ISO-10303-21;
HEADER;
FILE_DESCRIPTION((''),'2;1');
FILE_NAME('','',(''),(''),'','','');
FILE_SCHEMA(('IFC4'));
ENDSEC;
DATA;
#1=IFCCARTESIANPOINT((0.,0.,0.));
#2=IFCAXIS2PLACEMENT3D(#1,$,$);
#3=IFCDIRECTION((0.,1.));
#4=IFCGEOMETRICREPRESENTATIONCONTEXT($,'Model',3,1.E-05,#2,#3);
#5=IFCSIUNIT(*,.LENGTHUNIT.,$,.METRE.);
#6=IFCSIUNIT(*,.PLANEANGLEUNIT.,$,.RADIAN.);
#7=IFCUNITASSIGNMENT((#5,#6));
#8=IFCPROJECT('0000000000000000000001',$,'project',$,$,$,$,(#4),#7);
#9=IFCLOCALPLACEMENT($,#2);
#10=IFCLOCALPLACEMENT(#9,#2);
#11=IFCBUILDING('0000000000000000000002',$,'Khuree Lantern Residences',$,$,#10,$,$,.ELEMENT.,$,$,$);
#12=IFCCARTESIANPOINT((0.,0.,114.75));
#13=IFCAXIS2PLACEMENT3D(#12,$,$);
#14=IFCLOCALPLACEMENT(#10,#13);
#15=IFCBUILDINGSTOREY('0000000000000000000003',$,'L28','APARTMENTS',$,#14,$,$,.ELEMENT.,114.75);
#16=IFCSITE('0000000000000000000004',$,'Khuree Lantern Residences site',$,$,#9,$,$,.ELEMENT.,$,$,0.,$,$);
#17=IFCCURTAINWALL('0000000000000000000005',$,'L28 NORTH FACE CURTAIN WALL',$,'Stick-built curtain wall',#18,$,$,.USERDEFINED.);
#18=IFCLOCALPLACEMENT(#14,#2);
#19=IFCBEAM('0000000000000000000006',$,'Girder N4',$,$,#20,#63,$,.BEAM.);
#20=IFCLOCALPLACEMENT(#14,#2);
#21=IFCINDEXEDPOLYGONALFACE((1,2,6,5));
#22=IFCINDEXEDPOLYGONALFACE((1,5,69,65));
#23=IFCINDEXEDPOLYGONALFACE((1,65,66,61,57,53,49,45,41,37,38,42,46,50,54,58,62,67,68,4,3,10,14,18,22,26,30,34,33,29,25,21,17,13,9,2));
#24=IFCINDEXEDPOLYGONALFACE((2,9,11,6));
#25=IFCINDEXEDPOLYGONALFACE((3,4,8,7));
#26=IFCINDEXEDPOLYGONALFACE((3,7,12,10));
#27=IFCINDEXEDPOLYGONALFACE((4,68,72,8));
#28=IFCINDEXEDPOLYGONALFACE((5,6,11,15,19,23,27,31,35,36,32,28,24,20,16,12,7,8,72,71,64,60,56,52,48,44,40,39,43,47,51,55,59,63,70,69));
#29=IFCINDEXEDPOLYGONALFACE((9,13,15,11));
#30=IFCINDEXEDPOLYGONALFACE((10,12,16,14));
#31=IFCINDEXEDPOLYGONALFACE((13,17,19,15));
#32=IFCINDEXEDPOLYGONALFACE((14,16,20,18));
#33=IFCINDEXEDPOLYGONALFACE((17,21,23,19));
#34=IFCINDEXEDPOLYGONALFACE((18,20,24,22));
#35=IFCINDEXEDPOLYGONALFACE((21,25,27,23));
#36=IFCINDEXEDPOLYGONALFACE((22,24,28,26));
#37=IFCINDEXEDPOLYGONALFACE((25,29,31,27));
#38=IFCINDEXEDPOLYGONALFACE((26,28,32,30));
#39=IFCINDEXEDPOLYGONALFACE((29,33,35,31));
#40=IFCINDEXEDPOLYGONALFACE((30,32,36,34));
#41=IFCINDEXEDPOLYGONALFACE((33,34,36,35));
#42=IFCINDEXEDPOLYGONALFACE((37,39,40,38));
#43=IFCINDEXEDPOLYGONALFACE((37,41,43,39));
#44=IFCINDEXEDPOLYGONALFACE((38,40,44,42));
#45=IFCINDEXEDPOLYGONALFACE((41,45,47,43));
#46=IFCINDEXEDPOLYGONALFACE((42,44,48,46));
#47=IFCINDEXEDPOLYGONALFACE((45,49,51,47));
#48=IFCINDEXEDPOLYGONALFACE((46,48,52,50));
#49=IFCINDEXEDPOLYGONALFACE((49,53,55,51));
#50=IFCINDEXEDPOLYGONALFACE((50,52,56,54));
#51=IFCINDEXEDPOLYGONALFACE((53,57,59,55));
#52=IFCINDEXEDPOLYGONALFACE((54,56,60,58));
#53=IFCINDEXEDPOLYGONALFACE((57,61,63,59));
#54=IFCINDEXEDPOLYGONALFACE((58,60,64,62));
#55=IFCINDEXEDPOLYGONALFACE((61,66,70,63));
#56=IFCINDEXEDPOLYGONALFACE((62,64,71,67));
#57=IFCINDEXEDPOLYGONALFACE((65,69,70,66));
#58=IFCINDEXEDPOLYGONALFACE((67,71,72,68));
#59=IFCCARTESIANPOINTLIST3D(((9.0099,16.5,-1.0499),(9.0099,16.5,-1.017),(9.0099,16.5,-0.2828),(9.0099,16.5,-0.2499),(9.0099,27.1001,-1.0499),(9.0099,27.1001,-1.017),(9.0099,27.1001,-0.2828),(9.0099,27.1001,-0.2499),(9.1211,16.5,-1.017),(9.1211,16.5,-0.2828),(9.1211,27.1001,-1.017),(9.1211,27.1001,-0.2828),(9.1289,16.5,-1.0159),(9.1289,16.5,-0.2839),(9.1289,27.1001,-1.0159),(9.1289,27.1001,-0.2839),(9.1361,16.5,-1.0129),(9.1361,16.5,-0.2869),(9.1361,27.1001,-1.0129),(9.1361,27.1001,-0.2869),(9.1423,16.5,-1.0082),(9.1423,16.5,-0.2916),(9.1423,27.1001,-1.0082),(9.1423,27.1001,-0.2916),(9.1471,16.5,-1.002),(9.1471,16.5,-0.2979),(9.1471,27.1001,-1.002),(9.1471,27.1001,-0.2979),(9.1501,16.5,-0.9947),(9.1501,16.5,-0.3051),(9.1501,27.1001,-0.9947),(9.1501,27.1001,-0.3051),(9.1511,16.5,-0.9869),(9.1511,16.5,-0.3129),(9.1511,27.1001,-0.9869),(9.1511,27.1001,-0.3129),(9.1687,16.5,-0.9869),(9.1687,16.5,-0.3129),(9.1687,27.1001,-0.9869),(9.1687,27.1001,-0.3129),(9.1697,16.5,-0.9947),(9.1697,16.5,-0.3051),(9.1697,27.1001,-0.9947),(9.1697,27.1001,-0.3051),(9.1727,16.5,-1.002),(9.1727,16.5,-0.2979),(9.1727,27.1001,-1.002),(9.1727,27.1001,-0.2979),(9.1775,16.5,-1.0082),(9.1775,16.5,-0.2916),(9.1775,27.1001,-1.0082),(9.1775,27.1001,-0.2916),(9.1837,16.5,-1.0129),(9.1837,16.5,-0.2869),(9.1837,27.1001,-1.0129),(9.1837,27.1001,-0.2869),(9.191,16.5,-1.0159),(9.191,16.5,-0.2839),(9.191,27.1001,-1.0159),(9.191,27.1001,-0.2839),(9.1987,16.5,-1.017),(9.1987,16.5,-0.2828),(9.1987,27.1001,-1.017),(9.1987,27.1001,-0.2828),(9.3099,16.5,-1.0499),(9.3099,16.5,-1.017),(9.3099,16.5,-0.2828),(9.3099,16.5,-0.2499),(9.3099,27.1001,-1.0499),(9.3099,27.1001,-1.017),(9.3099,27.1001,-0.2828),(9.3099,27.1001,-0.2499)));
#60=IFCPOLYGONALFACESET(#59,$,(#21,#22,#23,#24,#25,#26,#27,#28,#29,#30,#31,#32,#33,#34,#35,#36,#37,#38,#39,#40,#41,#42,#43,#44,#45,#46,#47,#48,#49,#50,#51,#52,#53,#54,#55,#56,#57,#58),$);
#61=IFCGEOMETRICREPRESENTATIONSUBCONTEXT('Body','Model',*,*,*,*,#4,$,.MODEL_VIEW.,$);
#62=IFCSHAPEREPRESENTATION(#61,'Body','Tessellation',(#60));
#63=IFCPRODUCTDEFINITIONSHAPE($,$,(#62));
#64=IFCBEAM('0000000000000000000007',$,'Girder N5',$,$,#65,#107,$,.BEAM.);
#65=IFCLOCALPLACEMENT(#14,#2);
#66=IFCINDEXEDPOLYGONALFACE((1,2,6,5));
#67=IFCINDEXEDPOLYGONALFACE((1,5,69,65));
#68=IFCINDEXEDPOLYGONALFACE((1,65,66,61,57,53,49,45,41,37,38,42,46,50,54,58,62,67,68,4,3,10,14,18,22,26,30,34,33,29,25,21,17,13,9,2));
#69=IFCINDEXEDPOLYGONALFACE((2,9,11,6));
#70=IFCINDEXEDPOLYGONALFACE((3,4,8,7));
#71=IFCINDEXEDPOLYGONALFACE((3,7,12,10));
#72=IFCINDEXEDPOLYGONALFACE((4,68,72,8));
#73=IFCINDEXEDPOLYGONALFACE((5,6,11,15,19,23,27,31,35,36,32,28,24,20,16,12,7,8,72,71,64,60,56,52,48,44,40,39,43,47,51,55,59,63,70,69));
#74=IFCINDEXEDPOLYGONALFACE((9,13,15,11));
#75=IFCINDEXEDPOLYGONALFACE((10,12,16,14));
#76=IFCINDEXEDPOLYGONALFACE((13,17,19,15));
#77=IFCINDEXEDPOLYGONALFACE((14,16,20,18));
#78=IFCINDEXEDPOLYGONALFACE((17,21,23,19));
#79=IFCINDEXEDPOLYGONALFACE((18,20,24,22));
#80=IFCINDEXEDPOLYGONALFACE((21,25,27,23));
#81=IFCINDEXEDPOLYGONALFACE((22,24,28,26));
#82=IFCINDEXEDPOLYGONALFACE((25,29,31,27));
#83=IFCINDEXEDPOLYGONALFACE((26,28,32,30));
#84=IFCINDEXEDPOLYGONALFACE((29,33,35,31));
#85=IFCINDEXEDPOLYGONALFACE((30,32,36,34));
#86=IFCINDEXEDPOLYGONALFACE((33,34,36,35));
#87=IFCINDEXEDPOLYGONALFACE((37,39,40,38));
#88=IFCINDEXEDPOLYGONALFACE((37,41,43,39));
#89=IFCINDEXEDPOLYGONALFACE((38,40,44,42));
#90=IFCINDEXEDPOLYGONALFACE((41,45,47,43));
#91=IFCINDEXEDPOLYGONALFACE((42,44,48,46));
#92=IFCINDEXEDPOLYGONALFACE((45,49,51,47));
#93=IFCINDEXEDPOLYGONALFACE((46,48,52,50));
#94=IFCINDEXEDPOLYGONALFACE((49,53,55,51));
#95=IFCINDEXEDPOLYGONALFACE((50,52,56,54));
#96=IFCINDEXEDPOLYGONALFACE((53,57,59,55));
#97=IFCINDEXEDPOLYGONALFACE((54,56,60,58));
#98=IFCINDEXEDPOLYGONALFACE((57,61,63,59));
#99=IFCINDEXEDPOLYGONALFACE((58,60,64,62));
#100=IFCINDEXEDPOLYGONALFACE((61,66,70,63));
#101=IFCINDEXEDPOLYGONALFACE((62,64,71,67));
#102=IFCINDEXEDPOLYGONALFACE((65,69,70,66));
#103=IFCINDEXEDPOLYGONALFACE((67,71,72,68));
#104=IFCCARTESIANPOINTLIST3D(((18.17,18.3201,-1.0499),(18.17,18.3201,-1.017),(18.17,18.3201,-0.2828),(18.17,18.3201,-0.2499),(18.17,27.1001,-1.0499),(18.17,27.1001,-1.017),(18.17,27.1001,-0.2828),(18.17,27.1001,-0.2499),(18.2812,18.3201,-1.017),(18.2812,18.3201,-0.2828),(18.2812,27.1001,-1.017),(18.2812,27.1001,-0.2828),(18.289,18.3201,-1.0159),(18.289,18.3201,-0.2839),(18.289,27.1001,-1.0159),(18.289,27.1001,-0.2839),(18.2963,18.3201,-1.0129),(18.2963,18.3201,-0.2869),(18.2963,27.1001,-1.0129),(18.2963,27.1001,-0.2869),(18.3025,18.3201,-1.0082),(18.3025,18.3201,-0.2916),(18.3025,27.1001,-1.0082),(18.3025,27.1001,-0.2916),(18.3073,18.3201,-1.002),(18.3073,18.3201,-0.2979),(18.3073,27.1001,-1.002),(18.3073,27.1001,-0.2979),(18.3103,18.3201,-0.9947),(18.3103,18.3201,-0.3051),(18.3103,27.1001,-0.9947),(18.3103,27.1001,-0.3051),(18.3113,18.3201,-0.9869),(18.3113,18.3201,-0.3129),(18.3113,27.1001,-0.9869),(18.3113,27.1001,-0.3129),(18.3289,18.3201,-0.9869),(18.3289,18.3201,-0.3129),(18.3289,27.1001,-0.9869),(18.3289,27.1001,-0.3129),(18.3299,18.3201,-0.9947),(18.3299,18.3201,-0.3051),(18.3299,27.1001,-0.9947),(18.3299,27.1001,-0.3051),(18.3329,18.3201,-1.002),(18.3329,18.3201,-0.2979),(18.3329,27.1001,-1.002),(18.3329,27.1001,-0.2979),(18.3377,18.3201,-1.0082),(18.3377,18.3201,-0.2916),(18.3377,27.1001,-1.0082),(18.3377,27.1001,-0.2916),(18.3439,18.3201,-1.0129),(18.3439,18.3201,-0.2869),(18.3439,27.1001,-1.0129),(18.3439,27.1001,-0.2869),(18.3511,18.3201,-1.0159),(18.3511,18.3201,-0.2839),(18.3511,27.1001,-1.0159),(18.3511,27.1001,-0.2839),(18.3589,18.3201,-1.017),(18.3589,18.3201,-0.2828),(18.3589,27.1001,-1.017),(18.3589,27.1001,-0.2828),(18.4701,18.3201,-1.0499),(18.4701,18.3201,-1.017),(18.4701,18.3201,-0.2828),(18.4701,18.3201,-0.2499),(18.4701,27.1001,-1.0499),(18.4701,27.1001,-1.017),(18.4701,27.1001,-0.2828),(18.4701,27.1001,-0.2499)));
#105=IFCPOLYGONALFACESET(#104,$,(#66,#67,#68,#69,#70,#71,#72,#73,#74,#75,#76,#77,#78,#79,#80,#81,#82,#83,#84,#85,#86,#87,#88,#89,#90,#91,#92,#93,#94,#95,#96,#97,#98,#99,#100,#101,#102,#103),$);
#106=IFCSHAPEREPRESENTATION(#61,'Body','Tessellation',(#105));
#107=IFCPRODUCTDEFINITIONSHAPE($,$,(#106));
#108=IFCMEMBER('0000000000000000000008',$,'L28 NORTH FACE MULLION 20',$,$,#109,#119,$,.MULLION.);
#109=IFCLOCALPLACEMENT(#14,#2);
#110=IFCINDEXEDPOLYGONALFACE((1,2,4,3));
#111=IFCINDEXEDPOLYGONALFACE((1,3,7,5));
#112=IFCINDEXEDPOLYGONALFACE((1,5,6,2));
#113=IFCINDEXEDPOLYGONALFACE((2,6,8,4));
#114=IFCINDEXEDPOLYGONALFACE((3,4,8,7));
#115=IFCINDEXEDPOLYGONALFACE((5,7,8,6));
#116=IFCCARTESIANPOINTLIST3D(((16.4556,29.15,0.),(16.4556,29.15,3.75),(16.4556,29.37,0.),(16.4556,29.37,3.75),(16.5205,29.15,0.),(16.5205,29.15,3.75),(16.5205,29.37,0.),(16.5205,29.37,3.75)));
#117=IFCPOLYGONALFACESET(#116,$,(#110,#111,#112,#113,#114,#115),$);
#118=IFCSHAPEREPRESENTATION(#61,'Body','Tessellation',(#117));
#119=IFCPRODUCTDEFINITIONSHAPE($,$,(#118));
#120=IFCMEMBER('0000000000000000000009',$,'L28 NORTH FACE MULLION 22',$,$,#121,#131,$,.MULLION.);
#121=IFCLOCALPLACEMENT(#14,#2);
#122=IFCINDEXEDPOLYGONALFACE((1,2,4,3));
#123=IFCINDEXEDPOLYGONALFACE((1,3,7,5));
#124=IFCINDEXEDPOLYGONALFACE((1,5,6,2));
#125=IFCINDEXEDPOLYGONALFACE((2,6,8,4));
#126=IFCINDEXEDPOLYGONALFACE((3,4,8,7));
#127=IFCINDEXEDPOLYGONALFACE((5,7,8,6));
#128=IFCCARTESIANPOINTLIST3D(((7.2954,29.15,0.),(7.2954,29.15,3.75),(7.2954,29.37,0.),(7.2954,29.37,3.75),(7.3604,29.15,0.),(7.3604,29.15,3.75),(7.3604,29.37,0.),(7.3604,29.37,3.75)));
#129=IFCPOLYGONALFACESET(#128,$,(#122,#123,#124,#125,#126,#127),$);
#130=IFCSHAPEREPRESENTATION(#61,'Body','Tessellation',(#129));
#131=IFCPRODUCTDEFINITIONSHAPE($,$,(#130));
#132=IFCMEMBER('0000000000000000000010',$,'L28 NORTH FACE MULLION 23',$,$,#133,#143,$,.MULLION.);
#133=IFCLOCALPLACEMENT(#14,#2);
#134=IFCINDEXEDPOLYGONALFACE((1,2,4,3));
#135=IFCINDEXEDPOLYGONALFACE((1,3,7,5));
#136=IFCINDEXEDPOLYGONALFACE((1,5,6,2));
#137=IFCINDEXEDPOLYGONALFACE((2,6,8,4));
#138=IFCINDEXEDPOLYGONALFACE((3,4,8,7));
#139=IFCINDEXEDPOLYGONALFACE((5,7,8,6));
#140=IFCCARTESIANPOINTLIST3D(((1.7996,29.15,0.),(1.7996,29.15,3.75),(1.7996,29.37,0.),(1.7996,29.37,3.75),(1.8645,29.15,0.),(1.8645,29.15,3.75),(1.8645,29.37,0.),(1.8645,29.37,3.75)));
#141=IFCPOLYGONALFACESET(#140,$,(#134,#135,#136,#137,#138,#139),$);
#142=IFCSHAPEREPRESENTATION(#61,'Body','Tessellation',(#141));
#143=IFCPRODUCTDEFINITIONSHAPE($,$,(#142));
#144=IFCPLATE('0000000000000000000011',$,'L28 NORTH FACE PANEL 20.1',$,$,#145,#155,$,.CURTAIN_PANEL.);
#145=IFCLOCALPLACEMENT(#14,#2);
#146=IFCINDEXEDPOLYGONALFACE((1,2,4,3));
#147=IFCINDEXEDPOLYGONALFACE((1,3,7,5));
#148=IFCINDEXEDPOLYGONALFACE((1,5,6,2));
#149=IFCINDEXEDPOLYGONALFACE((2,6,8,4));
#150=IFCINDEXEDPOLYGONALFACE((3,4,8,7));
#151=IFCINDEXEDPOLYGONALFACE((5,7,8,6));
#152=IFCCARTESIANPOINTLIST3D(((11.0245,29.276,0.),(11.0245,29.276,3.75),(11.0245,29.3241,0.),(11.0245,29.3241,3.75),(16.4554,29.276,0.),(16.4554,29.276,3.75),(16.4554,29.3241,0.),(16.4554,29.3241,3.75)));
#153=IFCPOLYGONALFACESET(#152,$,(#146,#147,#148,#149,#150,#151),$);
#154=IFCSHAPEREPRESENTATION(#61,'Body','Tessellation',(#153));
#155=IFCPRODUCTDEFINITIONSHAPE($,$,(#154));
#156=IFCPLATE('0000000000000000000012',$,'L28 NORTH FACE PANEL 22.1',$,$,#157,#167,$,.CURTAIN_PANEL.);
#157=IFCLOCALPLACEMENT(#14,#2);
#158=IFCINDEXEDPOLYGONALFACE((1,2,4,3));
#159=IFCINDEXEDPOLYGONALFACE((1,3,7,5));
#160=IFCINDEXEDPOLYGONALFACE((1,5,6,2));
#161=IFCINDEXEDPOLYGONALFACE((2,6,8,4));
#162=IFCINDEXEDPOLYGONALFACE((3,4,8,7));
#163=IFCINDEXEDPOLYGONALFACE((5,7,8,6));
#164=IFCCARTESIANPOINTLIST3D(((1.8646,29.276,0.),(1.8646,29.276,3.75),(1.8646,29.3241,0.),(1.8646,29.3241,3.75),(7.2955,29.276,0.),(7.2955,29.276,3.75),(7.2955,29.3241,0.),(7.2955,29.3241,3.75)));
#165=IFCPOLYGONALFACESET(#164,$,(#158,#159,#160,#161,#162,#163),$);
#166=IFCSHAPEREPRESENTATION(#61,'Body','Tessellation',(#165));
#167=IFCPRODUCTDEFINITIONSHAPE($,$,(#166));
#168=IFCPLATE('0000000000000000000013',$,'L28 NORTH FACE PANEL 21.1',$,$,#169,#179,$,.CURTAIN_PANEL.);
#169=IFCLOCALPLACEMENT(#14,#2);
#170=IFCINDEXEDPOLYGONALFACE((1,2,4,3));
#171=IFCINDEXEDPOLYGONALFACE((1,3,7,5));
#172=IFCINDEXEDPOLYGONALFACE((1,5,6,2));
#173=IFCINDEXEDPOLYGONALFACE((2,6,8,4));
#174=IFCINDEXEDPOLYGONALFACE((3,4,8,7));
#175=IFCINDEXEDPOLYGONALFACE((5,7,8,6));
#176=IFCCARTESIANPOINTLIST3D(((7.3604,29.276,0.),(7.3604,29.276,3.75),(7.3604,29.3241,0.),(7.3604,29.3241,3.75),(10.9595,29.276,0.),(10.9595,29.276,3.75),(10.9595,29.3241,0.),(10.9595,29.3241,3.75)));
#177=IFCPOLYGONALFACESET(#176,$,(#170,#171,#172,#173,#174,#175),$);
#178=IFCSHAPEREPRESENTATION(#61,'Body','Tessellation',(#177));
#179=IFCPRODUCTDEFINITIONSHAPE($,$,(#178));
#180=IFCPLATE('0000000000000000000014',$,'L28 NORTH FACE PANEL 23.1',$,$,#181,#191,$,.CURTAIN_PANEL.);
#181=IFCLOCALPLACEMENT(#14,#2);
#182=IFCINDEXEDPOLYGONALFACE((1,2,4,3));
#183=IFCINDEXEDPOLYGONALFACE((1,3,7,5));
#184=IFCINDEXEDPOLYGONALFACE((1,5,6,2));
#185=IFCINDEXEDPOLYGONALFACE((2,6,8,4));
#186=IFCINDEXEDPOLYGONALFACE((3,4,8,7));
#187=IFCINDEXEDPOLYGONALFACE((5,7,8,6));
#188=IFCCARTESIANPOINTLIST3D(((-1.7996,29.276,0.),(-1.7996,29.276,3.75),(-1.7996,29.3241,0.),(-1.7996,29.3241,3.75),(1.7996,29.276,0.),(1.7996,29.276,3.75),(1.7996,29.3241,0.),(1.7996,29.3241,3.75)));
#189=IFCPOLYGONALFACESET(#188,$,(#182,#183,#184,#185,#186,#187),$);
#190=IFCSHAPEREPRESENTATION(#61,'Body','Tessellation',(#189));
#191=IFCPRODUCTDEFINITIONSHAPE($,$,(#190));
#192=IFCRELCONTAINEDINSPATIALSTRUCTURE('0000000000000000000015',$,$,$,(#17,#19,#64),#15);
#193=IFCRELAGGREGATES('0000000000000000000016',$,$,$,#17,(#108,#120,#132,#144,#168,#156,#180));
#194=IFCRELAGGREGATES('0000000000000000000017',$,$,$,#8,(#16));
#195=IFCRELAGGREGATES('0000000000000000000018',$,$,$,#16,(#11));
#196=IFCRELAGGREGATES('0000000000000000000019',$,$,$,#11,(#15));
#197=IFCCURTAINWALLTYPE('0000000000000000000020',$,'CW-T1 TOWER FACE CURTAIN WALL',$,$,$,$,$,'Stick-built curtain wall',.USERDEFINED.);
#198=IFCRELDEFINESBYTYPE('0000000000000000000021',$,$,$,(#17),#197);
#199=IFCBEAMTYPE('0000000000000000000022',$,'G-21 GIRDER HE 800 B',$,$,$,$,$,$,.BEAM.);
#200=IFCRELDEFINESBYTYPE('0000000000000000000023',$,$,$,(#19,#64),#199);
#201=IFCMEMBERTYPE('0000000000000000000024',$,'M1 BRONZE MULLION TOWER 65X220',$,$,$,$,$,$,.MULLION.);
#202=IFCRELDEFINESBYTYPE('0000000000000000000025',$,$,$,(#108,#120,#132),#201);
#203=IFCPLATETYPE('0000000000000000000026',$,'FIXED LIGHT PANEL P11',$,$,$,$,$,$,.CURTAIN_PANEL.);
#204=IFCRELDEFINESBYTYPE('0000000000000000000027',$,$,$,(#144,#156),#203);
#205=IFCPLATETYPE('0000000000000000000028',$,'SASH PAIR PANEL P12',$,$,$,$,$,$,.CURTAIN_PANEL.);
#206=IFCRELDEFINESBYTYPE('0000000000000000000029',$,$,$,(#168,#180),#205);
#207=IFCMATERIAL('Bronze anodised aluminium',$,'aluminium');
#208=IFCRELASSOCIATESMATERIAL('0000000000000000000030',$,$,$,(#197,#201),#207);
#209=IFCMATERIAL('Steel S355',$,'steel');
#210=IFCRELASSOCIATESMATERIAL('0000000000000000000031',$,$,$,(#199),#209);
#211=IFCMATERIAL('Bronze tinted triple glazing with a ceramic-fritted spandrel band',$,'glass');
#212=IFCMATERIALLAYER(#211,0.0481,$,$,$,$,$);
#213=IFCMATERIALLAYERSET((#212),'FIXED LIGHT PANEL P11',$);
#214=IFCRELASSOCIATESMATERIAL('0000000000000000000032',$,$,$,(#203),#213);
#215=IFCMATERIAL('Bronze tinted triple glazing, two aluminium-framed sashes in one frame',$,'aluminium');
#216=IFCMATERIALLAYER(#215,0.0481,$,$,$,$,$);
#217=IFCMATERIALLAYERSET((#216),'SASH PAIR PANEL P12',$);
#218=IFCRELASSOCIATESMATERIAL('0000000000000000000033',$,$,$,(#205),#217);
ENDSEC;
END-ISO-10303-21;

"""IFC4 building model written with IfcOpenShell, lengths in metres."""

from ifc_helpers import new_model, si_unit, direction, frame, origin, origin_2d, place, context, subcontext, project, spatial, rectangle, i_section, extrude, material, layer, layer_set, material_profile, profile_set, type_object, element, aggregate, save


model = new_model("IFC4")

# Units and contexts
model_context = context("Model", 3, precision=1e-05, world=origin(), true_north=direction((0.0, 1.0)))
body_context = subcontext(model_context, "Body", "Model", "MODEL_VIEW")
ifc_project = project(units=[si_unit("LENGTHUNIT", "METRE"), si_unit("PLANEANGLEUNIT", "RADIAN")], contexts=[model_context])

# Site, building, storey
site_placement = place(None, origin())
site = spatial("IfcSite", under=ifc_project, at=site_placement, Name="Khuree Lantern Residences site", CompositionType="ELEMENT", RefElevation=0.0)
building_placement = place(site_placement, origin())
building = spatial("IfcBuilding", under=site, at=building_placement, Name="Khuree Lantern Residences", CompositionType="ELEMENT")
storey_placement = place(building_placement, frame((0.0, 0.0, 114.75)))
storey = spatial("IfcBuildingStorey", under=building, at=storey_placement, Name="L28", Description="APARTMENTS", CompositionType="ELEMENT", Elevation=114.75)

# Shared definitions
ifc_material_1 = material(Name="Steel S355", Category="steel")

# Curtain wall
ifc_material_2 = material(Name="Bronze anodised aluminium", Category="aluminium")
curtain_wall_type = type_object("IfcCurtainWallType", Name="CW-T1 TOWER FACE CURTAIN WALL", ElementType="Stick-built curtain wall", PredefinedType="USERDEFINED", material=ifc_material_2)
curtain_wall_placement = place(storey_placement, origin())
curtain_wall = element("IfcCurtainWall", 1, at=curtain_wall_placement, inside=storey, type_object=curtain_wall_type, Name="L28 NORTH FACE CURTAIN WALL", ObjectType="Stick-built curtain wall", PredefinedType="USERDEFINED")

# Beams
ifc_material_profile_1 = material_profile(ifc_material_1, i_section(OverallWidth=0.3, OverallDepth=0.8, WebThickness=0.0176, FlangeThickness=0.033, FilletRadius=0.03, at=origin_2d()), Name="HE 800 B")
ifc_profile_set_1 = profile_set([ifc_material_profile_1], Name="Steel S355")
beam_type_1 = type_object("IfcBeamType", Name="G-21 GIRDER HE 800 B", PredefinedType="BEAM", material=ifc_profile_set_1)
for number, where, z_axis, x_axis, name in (
    (2, (9.1599, 27.1001, -0.6499), (0.0, -1.0, 0.0), (1.0, 0.0, 0.0), "Girder N4"),
):
    element("IfcBeam", number, at=place(storey_placement, frame(where, z_axis=z_axis, x_axis=x_axis)), inside=storey, type_object=beam_type_1, Name=name, PredefinedType="BEAM", context=body_context, shape_type="SweptSolid", body=[
        extrude(i_section(OverallWidth=0.3, OverallDepth=0.8, WebThickness=0.0176, FlangeThickness=0.033, FilletRadius=0.03, at=origin_2d()), origin(), (0.0, 0.0, 1.0), 10.6001),
    ])
beam_1_placement = place(storey_placement, frame((18.3201, 27.1001, -0.6499), z_axis=(0.0, -1.0, 0.0), x_axis=(1.0, 0.0, 0.0)))
element("IfcBeam", 3, at=beam_1_placement, inside=storey, type_object=beam_type_1, Name="Girder N5", PredefinedType="BEAM", context=body_context, shape_type="SweptSolid", body=[
    extrude(i_section(OverallWidth=0.3, OverallDepth=0.8, WebThickness=0.0176, FlangeThickness=0.033, FilletRadius=0.03, at=origin_2d()), origin(), (0.0, 0.0, 1.0), 8.78),
])

# Members
ifc_material_profile_2 = material_profile(ifc_material_2, rectangle(XDim=0.0649, YDim=0.22, at=origin_2d()), Name="M1 65X220")
ifc_profile_set_2 = profile_set([ifc_material_profile_2], Name="Bronze anodised aluminium")
member_type_1 = type_object("IfcMemberType", Name="M1 BRONZE MULLION TOWER 65X220", PredefinedType="MULLION", material=ifc_profile_set_2)
member_1_placement = place(storey_placement, frame((16.488, 29.26, 0.0), z_axis=(0.0, 0.0, 1.0), x_axis=(-1.0, 0.0, 0.0)))
member_1 = element("IfcMember", 4, at=member_1_placement, type_object=member_type_1, Name="L28 NORTH FACE MULLION 20", PredefinedType="MULLION", context=body_context, shape_type="SweptSolid", body=[
    extrude(rectangle(XDim=0.0649, YDim=0.22, at=origin_2d()), origin(), (0.0, 0.0, 1.0), 3.75),
])
member_2_placement = place(storey_placement, frame((7.3279, 29.26, 0.0), z_axis=(0.0, 0.0, 1.0), x_axis=(-1.0, 0.0, 0.0)))
member_2 = element("IfcMember", 5, at=member_2_placement, type_object=member_type_1, Name="L28 NORTH FACE MULLION 22", PredefinedType="MULLION", context=body_context, shape_type="SweptSolid", body=[
    extrude(rectangle(XDim=0.0649, YDim=0.22, at=origin_2d()), origin(), (0.0, 0.0, 1.0), 3.75),
])
member_3_placement = place(storey_placement, frame((1.832, 29.26, 0.0), z_axis=(0.0, 0.0, 1.0), x_axis=(-1.0, 0.0, 0.0)))
member_3 = element("IfcMember", 6, at=member_3_placement, type_object=member_type_1, Name="L28 NORTH FACE MULLION 23", PredefinedType="MULLION", context=body_context, shape_type="SweptSolid", body=[
    extrude(rectangle(XDim=0.0649, YDim=0.22, at=origin_2d()), origin(), (0.0, 0.0, 1.0), 3.75),
])

# Plates
ifc_material_3 = material(Name="Bronze tinted triple glazing with a ceramic-fritted spandrel band", Category="glass")
ifc_layer_1 = layer(ifc_material_3, 0.0481)
ifc_layer_set_1 = layer_set([ifc_layer_1], Name="FIXED LIGHT PANEL P11")
plate_type_1 = type_object("IfcPlateType", Name="FIXED LIGHT PANEL P11", PredefinedType="CURTAIN_PANEL", material=ifc_layer_set_1)
plate_1_placement = place(storey_placement, frame((13.74, 29.3, 0.0), z_axis=(0.0, 0.0, 1.0), x_axis=(-1.0, 0.0, 0.0)))
plate_1 = element("IfcPlate", 7, at=plate_1_placement, type_object=plate_type_1, Name="L28 NORTH FACE PANEL 20.1", PredefinedType="CURTAIN_PANEL", context=body_context, shape_type="SweptSolid", body=[
    extrude(rectangle(XDim=5.4309, YDim=0.0481, at=origin_2d()), origin(), (0.0, 0.0, 1.0), 3.75),
])
plate_2_placement = place(storey_placement, frame((4.5801, 29.3, 0.0), z_axis=(0.0, 0.0, 1.0), x_axis=(-1.0, 0.0, 0.0)))
plate_2 = element("IfcPlate", 8, at=plate_2_placement, type_object=plate_type_1, Name="L28 NORTH FACE PANEL 22.1", PredefinedType="CURTAIN_PANEL", context=body_context, shape_type="SweptSolid", body=[
    extrude(rectangle(XDim=5.4309, YDim=0.0481, at=origin_2d()), origin(), (0.0, 0.0, 1.0), 3.75),
])
ifc_material_4 = material(Name="Bronze tinted triple glazing, two aluminium-framed sashes in one frame", Category="aluminium")
ifc_layer_2 = layer(ifc_material_4, 0.0481)
ifc_layer_set_2 = layer_set([ifc_layer_2], Name="SASH PAIR PANEL P12")
plate_type_2 = type_object("IfcPlateType", Name="SASH PAIR PANEL P12", PredefinedType="CURTAIN_PANEL", material=ifc_layer_set_2)
plate_3_placement = place(storey_placement, frame((9.1599, 29.3, 0.0), z_axis=(0.0, 0.0, 1.0), x_axis=(-1.0, 0.0, 0.0)))
plate_3 = element("IfcPlate", 9, at=plate_3_placement, type_object=plate_type_2, Name="L28 NORTH FACE PANEL 21.1", PredefinedType="CURTAIN_PANEL", context=body_context, shape_type="SweptSolid", body=[
    extrude(rectangle(XDim=3.5991, YDim=0.0481, at=origin_2d()), origin(), (0.0, 0.0, 1.0), 3.75),
])
plate_4_placement = place(storey_placement, frame((0.0, 29.3, 0.0), z_axis=(0.0, 0.0, 1.0), x_axis=(-1.0, 0.0, 0.0)))
plate_4 = element("IfcPlate", 10, at=plate_4_placement, type_object=plate_type_2, Name="L28 NORTH FACE PANEL 23.1", PredefinedType="CURTAIN_PANEL", context=body_context, shape_type="SweptSolid", body=[
    extrude(rectangle(XDim=3.5991, YDim=0.0481, at=origin_2d()), origin(), (0.0, 0.0, 1.0), 3.75),
])
aggregate(curtain_wall, [member_1, member_2, member_3, plate_1, plate_3, plate_2, plate_4])

save(model, "model.ifc")
